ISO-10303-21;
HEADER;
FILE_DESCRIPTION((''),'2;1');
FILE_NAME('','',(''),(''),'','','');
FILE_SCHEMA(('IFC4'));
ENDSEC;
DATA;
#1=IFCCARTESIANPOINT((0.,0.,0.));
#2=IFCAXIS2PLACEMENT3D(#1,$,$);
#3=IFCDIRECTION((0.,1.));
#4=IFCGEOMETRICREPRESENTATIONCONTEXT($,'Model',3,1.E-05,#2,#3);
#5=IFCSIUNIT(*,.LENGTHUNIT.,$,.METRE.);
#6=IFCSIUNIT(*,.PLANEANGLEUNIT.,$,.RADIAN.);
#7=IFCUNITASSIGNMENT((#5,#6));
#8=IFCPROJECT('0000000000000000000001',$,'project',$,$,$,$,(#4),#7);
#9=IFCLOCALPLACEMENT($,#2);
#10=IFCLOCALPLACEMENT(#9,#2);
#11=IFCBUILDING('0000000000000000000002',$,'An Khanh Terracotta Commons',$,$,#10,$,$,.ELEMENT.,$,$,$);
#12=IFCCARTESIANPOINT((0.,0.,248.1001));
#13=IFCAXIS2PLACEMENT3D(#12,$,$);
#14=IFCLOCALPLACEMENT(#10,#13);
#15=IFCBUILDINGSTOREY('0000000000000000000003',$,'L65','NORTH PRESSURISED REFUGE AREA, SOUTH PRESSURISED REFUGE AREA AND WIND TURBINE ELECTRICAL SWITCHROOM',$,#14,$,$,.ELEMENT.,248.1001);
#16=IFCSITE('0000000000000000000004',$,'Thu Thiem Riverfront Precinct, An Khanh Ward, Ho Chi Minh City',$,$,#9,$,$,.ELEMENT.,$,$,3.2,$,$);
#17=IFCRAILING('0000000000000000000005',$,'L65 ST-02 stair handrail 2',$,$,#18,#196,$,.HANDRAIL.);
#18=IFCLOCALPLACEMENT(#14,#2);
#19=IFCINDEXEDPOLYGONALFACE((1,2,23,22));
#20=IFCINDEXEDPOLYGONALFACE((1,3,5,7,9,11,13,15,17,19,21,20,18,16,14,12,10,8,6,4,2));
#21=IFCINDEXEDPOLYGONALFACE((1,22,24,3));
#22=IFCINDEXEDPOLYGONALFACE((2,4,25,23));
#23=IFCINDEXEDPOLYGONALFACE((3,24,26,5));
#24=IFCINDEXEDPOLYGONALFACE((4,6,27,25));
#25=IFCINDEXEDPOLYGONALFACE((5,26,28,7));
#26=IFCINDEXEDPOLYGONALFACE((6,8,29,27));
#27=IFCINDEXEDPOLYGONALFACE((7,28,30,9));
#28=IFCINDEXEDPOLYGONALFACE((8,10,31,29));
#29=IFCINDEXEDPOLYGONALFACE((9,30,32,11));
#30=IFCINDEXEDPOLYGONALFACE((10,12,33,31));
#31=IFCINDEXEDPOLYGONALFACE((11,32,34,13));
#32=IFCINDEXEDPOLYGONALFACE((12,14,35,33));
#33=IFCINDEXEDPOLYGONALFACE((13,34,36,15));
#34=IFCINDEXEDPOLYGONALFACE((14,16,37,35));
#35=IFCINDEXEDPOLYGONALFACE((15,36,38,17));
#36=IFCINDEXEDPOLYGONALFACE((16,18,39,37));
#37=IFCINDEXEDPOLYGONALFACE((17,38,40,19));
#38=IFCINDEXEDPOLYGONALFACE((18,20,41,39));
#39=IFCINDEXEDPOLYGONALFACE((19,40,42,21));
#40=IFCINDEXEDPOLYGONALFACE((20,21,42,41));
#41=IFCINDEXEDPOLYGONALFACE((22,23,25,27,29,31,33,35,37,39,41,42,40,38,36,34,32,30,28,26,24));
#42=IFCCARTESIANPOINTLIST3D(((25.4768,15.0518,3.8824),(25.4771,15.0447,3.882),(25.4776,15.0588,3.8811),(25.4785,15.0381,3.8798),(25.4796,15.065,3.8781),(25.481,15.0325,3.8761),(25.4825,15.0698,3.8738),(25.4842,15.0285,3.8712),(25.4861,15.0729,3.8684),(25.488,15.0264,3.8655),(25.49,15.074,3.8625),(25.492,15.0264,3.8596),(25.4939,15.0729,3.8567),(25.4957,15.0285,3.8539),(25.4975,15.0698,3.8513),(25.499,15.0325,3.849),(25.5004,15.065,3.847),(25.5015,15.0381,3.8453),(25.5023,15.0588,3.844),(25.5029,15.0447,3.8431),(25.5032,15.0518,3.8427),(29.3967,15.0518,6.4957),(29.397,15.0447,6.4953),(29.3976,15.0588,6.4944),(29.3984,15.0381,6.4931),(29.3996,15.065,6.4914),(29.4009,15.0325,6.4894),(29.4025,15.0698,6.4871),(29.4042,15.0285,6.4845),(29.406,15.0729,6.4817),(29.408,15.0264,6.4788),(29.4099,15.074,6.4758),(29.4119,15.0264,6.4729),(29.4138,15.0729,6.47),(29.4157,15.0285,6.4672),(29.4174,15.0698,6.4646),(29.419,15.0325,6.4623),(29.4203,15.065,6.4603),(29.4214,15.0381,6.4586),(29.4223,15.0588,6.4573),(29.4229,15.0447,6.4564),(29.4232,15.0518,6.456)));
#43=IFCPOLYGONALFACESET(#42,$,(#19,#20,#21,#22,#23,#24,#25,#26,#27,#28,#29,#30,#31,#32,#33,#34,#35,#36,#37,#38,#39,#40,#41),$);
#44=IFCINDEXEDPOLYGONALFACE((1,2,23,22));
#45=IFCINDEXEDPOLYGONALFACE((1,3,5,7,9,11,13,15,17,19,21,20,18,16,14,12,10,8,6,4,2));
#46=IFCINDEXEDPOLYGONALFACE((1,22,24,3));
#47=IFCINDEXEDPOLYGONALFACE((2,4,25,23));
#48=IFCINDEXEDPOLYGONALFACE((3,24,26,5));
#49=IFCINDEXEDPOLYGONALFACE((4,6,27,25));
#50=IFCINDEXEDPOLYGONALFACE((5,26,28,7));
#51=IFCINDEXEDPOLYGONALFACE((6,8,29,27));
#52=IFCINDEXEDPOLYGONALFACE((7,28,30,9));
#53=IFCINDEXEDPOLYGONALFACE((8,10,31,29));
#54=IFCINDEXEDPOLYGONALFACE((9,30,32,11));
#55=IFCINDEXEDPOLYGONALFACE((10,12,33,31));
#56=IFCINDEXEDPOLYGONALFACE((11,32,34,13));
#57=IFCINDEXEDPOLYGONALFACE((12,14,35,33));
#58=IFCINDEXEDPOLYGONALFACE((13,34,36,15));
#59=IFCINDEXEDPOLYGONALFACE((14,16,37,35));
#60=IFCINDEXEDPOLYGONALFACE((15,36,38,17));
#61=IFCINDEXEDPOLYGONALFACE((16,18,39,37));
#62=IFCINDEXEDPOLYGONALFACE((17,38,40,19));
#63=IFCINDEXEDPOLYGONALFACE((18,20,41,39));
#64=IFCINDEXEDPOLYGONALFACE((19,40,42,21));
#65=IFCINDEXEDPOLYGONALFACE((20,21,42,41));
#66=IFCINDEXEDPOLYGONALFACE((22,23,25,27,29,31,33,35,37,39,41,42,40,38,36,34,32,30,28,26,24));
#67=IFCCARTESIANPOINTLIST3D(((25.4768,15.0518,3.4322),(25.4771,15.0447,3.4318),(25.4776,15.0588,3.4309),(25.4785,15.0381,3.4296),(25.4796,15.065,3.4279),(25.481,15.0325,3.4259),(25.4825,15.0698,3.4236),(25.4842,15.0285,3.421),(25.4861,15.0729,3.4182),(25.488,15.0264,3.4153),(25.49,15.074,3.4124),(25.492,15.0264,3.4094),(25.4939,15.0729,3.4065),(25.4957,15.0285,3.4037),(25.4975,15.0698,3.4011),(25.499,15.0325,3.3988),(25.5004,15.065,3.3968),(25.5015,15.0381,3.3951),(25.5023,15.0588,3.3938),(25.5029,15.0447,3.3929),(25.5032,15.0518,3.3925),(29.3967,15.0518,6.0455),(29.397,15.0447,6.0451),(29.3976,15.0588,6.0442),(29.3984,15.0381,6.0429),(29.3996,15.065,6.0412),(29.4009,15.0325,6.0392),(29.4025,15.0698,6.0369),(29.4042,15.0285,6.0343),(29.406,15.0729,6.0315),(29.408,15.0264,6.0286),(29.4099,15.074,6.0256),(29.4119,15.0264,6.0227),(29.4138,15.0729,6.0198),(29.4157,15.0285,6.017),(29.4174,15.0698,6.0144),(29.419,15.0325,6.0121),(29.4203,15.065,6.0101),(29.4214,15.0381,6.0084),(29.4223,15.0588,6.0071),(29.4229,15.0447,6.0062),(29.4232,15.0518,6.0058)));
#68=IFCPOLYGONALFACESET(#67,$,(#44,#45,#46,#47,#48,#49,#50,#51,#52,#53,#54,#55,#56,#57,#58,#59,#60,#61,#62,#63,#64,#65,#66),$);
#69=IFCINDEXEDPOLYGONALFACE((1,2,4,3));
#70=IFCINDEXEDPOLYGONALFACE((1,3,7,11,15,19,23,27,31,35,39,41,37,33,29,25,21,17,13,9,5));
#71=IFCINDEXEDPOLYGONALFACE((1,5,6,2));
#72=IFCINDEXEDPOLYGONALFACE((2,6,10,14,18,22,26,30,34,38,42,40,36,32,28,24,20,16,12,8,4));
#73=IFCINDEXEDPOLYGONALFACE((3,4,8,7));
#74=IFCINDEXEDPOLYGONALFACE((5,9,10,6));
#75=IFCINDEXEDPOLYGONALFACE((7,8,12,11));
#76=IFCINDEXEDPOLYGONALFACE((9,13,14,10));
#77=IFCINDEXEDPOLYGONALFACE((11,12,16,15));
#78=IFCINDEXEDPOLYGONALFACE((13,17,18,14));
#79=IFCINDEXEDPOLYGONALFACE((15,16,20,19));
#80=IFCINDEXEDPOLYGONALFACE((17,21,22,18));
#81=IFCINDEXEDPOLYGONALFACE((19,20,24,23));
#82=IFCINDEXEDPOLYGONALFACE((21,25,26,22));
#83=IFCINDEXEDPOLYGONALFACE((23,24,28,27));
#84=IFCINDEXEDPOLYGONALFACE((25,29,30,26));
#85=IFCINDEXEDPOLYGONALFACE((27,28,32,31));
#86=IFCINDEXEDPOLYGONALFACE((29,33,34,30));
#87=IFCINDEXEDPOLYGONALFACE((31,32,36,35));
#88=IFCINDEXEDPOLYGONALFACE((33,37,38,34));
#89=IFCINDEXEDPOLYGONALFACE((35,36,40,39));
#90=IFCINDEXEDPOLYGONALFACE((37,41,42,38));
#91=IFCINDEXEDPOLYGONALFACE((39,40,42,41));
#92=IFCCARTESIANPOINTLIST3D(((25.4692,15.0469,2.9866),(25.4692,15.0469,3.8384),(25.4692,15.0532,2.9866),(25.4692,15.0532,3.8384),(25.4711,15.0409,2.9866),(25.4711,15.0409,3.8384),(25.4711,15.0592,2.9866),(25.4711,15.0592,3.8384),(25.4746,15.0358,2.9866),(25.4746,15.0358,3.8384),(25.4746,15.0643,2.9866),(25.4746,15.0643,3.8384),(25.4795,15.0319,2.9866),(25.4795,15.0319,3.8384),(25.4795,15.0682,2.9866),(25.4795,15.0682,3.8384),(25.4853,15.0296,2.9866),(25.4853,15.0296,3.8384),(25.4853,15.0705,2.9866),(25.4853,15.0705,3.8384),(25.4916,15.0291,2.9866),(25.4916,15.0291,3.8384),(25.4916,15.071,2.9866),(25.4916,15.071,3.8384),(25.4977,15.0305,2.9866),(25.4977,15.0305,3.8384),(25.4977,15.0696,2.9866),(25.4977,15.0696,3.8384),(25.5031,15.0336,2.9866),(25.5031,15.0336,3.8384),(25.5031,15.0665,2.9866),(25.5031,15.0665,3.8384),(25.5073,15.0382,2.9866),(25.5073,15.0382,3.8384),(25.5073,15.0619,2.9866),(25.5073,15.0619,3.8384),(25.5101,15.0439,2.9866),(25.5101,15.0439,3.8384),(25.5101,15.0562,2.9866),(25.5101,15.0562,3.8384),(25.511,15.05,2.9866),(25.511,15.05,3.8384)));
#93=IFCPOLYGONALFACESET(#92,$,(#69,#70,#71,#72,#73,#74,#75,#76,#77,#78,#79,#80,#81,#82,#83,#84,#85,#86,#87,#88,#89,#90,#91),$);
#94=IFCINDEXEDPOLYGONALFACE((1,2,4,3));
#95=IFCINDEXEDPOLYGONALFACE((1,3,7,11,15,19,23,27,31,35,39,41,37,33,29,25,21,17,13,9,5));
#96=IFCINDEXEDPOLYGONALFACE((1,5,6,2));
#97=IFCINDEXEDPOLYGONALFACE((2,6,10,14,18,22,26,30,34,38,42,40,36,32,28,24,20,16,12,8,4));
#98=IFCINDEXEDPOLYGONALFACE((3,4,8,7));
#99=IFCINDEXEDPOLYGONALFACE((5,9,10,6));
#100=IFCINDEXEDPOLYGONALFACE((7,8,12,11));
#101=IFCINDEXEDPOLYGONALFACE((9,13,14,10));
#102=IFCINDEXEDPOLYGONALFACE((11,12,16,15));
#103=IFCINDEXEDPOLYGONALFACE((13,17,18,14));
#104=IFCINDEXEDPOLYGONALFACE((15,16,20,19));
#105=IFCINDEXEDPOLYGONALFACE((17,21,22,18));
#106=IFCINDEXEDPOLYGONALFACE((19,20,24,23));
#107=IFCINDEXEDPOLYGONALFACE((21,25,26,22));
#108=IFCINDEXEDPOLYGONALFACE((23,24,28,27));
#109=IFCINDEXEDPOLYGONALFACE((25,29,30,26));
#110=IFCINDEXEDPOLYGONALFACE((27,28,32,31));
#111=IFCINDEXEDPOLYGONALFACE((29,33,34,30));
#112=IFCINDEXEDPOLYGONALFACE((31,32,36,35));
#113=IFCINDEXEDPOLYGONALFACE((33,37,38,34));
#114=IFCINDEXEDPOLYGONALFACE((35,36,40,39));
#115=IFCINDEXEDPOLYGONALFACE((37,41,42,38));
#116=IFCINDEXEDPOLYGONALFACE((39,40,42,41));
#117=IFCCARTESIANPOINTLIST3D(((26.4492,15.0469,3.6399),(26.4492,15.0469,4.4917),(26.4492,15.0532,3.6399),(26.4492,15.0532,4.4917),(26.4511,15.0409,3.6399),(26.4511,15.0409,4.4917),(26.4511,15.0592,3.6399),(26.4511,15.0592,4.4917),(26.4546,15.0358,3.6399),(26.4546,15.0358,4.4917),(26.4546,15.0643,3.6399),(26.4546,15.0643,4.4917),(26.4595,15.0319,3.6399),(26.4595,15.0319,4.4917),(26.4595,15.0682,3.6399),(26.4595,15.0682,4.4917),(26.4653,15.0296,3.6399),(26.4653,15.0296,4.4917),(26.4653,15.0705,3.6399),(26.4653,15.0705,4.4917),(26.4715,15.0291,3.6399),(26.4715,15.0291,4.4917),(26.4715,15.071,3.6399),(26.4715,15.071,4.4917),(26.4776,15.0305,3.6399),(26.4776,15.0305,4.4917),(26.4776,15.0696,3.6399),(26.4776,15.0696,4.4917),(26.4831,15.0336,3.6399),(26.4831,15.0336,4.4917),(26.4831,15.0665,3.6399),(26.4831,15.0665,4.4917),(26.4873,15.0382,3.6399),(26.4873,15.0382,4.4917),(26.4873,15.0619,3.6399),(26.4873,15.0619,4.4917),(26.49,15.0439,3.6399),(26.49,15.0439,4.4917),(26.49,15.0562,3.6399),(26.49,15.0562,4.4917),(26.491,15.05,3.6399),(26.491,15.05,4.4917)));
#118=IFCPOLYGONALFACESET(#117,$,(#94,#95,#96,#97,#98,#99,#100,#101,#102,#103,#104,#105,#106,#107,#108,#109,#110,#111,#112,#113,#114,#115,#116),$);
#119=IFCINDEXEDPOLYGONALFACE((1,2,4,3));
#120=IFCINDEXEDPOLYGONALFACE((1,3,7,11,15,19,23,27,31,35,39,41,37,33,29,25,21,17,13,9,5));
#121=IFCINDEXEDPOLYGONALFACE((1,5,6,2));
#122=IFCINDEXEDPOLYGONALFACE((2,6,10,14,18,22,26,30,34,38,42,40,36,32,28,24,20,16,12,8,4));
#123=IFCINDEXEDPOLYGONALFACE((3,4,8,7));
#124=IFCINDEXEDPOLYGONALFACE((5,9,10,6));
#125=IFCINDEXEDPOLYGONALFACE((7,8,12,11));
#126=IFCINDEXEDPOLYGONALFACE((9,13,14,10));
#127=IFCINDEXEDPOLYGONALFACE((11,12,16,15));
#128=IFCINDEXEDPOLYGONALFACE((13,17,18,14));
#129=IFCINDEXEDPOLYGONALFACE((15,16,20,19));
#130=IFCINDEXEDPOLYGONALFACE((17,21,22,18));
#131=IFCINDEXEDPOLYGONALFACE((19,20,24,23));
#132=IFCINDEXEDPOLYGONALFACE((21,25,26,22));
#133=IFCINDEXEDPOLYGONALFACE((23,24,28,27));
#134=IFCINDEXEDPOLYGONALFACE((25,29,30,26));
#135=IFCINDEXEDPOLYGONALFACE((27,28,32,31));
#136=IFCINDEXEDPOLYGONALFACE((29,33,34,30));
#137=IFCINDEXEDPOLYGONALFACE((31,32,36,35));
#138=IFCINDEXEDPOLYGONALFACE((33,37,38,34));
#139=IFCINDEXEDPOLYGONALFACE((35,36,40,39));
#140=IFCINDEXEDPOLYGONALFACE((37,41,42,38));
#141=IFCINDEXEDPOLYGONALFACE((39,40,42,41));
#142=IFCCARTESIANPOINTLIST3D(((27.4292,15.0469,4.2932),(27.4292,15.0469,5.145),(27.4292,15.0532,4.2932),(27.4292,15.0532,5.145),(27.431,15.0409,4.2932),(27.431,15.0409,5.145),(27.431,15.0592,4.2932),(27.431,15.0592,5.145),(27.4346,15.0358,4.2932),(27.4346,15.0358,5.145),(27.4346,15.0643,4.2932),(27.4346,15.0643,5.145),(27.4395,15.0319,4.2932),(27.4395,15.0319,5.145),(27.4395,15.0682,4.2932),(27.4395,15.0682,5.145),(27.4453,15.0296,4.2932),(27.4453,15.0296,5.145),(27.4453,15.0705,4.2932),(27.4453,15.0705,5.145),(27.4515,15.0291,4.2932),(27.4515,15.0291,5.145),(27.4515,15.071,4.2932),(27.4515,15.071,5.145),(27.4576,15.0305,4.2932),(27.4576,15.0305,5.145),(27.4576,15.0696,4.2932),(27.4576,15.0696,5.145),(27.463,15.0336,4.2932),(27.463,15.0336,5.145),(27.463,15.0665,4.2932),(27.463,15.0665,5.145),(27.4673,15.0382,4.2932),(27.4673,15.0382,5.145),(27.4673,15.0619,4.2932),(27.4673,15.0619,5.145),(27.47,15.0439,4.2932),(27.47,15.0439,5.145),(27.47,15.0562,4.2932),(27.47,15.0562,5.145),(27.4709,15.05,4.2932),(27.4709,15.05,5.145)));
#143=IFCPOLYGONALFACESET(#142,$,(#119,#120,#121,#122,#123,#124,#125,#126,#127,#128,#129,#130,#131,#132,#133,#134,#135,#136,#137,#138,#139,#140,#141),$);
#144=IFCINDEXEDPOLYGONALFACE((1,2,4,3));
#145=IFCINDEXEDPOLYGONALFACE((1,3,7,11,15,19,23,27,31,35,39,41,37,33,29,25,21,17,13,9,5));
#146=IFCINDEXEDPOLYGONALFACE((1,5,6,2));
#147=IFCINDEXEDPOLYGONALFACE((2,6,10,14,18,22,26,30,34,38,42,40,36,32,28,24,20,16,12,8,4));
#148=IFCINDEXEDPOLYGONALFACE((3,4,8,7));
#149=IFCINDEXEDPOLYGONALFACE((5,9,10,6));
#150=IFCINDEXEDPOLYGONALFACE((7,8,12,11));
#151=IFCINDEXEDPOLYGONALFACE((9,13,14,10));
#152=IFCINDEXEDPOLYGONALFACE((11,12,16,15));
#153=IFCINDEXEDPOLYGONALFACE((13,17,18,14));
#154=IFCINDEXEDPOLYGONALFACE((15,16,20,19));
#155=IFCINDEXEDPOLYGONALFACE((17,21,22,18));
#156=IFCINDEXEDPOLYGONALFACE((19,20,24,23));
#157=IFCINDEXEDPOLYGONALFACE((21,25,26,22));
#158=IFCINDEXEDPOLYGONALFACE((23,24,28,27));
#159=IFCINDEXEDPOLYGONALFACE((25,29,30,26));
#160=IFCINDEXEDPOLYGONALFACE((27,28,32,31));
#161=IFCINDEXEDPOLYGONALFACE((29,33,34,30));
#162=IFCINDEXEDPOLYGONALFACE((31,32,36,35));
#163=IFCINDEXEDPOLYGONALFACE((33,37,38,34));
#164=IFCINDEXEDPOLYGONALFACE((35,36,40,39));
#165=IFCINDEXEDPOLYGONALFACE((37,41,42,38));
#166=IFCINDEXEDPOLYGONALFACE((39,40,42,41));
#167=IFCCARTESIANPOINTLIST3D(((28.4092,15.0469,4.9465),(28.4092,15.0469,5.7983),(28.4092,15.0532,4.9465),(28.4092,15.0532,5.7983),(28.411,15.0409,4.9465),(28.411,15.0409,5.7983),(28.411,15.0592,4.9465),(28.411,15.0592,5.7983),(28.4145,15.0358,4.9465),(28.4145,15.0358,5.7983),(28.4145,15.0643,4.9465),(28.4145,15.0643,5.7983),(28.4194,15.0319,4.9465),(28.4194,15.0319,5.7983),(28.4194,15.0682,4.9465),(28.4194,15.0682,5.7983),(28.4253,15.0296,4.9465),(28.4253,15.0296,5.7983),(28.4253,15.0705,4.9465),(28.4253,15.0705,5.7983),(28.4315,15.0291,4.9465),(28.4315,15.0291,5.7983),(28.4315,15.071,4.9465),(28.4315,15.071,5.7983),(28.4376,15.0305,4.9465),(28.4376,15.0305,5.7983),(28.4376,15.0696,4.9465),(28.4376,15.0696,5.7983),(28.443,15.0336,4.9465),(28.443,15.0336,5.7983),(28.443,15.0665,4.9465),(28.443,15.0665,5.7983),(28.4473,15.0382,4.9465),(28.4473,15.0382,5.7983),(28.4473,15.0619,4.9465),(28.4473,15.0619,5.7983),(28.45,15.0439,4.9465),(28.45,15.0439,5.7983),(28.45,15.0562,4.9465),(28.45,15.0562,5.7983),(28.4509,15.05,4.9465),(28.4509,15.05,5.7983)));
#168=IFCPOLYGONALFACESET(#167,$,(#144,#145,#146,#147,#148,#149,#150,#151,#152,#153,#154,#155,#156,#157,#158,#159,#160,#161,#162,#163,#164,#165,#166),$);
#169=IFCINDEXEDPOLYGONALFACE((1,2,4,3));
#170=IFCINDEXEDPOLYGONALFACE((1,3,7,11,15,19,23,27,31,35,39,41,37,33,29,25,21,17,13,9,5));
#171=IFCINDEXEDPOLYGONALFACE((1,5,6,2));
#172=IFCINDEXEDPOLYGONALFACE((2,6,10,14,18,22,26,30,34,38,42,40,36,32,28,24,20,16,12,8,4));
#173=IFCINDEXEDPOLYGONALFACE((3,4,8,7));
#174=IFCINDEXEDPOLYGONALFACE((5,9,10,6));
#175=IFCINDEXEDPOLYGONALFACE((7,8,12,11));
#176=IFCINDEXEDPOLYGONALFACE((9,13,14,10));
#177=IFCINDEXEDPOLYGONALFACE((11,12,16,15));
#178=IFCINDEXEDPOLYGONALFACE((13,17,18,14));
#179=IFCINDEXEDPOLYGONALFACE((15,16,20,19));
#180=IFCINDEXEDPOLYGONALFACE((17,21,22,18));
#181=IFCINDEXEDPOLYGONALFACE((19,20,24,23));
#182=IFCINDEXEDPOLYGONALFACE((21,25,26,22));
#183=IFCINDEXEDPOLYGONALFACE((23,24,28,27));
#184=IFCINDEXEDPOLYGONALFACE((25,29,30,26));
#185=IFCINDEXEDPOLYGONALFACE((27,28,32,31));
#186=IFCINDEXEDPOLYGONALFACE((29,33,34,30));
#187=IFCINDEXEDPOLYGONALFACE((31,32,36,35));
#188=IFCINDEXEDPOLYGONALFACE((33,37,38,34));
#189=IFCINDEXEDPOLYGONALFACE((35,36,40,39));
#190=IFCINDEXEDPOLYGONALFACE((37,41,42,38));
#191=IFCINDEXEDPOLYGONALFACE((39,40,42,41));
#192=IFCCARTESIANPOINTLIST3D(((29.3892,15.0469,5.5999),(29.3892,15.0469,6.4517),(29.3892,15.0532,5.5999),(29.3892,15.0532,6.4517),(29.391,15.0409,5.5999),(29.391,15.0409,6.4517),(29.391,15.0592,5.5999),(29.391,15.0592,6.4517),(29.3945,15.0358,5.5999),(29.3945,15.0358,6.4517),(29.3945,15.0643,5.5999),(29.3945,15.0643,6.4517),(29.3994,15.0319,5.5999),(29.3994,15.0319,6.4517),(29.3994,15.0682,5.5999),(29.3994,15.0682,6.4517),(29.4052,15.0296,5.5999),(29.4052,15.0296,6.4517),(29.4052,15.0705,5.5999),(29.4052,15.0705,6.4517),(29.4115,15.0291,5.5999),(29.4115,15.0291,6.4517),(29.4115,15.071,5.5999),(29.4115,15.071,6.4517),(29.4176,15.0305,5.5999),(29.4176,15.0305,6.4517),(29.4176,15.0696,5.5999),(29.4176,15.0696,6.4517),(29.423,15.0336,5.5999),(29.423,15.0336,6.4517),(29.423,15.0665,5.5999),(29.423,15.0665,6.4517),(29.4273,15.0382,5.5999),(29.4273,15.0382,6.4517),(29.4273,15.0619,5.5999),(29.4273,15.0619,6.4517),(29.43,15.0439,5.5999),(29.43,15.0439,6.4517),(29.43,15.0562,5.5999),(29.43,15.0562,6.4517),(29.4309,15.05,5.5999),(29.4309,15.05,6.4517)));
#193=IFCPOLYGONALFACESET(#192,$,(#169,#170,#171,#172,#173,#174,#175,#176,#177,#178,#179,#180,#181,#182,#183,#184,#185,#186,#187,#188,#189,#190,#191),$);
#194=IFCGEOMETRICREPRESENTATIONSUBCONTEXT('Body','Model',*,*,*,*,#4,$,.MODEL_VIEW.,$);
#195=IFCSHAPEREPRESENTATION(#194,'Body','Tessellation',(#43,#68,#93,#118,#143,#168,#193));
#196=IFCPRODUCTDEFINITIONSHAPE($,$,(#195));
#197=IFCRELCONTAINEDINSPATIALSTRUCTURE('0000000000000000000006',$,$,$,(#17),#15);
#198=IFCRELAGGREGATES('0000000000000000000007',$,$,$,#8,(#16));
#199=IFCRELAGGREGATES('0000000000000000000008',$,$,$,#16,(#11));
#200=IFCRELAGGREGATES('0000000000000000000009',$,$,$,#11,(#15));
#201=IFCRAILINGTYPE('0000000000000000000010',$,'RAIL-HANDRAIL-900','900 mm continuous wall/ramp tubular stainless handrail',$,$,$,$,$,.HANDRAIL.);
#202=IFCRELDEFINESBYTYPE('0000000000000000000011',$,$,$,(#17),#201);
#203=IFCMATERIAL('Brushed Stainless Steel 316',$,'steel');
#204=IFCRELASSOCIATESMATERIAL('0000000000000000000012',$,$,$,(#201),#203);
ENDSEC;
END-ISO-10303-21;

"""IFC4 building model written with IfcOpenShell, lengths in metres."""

from ifc_helpers import new_model, si_unit, direction, frame, origin, origin_2d, place, context, subcontext, project, spatial, circle, extrude, material, type_object, element, save


model = new_model("IFC4")

# Units and contexts
model_context = context("Model", 3, precision=1e-05, world=origin(), true_north=direction((0.0, 1.0)))
body_context = subcontext(model_context, "Body", "Model", "MODEL_VIEW")
ifc_project = project(units=[si_unit("LENGTHUNIT", "METRE"), si_unit("PLANEANGLEUNIT", "RADIAN")], contexts=[model_context])

# Site, building, storey
site_placement = place(None, origin())
site = spatial("IfcSite", under=ifc_project, at=site_placement, Name="Thu Thiem Riverfront Precinct, An Khanh Ward, Ho Chi Minh City", CompositionType="ELEMENT", RefElevation=3.2)
building_placement = place(site_placement, origin())
building = spatial("IfcBuilding", under=site, at=building_placement, Name="An Khanh Terracotta Commons", CompositionType="ELEMENT")
storey_placement = place(building_placement, frame((0.0, 0.0, 248.1001)))
storey = spatial("IfcBuildingStorey", under=building, at=storey_placement, Name="L65", Description="NORTH PRESSURISED REFUGE AREA, SOUTH PRESSURISED REFUGE AREA AND WIND TURBINE ELECTRICAL SWITCHROOM", CompositionType="ELEMENT", Elevation=248.1001)

# Railing
ifc_material_1 = material(Name="Brushed Stainless Steel 316", Category="steel")
railing_type_1 = type_object("IfcRailingType", Name="RAIL-HANDRAIL-900", Description="900 mm continuous wall/ramp tubular stainless handrail", PredefinedType="HANDRAIL", material=ifc_material_1)
railing_1_placement = place(storey_placement, frame((25.49, 15.05, 2.9866)))
element("IfcRailing", 1, at=railing_1_placement, inside=storey, type_object=railing_type_1, Name="L65 ST-02 stair handrail 2", PredefinedType="HANDRAIL", context=body_context, shape_type="SweptSolid", body=[
    extrude(circle(Radius=0.0239, at=origin_2d()), frame((0.0, 0.0, 0.876), z_axis=(0.83205, 0.0, 0.5547), x_axis=(0.0, 1.0, 0.0)), (0.0, 0.0, 1.0), 4.7112),
    extrude(circle(Radius=0.0239, at=origin_2d()), frame((0.0, 0.0, 0.4258), z_axis=(0.83205, 0.0, 0.5547), x_axis=(0.0, 1.0, 0.0)), (0.0, 0.0, 1.0), 4.7112),
    extrude(circle(Radius=0.021, at=origin_2d()), origin(), (0.0, 0.0, 1.0), 0.8518),
    extrude(circle(Radius=0.021, at=origin_2d()), frame((0.98, 0.0, 0.6533)), (0.0, 0.0, 1.0), 0.8518),
    extrude(circle(Radius=0.021, at=origin_2d()), frame((1.96, 0.0, 1.3066)), (0.0, 0.0, 1.0), 0.8518),
    extrude(circle(Radius=0.021, at=origin_2d()), frame((2.9399, 0.0, 1.96)), (0.0, 0.0, 1.0), 0.8518),
    extrude(circle(Radius=0.021, at=origin_2d()), frame((3.9199, 0.0, 2.6133)), (0.0, 0.0, 1.0), 0.8518),
])

save(model, "model.ifc")
